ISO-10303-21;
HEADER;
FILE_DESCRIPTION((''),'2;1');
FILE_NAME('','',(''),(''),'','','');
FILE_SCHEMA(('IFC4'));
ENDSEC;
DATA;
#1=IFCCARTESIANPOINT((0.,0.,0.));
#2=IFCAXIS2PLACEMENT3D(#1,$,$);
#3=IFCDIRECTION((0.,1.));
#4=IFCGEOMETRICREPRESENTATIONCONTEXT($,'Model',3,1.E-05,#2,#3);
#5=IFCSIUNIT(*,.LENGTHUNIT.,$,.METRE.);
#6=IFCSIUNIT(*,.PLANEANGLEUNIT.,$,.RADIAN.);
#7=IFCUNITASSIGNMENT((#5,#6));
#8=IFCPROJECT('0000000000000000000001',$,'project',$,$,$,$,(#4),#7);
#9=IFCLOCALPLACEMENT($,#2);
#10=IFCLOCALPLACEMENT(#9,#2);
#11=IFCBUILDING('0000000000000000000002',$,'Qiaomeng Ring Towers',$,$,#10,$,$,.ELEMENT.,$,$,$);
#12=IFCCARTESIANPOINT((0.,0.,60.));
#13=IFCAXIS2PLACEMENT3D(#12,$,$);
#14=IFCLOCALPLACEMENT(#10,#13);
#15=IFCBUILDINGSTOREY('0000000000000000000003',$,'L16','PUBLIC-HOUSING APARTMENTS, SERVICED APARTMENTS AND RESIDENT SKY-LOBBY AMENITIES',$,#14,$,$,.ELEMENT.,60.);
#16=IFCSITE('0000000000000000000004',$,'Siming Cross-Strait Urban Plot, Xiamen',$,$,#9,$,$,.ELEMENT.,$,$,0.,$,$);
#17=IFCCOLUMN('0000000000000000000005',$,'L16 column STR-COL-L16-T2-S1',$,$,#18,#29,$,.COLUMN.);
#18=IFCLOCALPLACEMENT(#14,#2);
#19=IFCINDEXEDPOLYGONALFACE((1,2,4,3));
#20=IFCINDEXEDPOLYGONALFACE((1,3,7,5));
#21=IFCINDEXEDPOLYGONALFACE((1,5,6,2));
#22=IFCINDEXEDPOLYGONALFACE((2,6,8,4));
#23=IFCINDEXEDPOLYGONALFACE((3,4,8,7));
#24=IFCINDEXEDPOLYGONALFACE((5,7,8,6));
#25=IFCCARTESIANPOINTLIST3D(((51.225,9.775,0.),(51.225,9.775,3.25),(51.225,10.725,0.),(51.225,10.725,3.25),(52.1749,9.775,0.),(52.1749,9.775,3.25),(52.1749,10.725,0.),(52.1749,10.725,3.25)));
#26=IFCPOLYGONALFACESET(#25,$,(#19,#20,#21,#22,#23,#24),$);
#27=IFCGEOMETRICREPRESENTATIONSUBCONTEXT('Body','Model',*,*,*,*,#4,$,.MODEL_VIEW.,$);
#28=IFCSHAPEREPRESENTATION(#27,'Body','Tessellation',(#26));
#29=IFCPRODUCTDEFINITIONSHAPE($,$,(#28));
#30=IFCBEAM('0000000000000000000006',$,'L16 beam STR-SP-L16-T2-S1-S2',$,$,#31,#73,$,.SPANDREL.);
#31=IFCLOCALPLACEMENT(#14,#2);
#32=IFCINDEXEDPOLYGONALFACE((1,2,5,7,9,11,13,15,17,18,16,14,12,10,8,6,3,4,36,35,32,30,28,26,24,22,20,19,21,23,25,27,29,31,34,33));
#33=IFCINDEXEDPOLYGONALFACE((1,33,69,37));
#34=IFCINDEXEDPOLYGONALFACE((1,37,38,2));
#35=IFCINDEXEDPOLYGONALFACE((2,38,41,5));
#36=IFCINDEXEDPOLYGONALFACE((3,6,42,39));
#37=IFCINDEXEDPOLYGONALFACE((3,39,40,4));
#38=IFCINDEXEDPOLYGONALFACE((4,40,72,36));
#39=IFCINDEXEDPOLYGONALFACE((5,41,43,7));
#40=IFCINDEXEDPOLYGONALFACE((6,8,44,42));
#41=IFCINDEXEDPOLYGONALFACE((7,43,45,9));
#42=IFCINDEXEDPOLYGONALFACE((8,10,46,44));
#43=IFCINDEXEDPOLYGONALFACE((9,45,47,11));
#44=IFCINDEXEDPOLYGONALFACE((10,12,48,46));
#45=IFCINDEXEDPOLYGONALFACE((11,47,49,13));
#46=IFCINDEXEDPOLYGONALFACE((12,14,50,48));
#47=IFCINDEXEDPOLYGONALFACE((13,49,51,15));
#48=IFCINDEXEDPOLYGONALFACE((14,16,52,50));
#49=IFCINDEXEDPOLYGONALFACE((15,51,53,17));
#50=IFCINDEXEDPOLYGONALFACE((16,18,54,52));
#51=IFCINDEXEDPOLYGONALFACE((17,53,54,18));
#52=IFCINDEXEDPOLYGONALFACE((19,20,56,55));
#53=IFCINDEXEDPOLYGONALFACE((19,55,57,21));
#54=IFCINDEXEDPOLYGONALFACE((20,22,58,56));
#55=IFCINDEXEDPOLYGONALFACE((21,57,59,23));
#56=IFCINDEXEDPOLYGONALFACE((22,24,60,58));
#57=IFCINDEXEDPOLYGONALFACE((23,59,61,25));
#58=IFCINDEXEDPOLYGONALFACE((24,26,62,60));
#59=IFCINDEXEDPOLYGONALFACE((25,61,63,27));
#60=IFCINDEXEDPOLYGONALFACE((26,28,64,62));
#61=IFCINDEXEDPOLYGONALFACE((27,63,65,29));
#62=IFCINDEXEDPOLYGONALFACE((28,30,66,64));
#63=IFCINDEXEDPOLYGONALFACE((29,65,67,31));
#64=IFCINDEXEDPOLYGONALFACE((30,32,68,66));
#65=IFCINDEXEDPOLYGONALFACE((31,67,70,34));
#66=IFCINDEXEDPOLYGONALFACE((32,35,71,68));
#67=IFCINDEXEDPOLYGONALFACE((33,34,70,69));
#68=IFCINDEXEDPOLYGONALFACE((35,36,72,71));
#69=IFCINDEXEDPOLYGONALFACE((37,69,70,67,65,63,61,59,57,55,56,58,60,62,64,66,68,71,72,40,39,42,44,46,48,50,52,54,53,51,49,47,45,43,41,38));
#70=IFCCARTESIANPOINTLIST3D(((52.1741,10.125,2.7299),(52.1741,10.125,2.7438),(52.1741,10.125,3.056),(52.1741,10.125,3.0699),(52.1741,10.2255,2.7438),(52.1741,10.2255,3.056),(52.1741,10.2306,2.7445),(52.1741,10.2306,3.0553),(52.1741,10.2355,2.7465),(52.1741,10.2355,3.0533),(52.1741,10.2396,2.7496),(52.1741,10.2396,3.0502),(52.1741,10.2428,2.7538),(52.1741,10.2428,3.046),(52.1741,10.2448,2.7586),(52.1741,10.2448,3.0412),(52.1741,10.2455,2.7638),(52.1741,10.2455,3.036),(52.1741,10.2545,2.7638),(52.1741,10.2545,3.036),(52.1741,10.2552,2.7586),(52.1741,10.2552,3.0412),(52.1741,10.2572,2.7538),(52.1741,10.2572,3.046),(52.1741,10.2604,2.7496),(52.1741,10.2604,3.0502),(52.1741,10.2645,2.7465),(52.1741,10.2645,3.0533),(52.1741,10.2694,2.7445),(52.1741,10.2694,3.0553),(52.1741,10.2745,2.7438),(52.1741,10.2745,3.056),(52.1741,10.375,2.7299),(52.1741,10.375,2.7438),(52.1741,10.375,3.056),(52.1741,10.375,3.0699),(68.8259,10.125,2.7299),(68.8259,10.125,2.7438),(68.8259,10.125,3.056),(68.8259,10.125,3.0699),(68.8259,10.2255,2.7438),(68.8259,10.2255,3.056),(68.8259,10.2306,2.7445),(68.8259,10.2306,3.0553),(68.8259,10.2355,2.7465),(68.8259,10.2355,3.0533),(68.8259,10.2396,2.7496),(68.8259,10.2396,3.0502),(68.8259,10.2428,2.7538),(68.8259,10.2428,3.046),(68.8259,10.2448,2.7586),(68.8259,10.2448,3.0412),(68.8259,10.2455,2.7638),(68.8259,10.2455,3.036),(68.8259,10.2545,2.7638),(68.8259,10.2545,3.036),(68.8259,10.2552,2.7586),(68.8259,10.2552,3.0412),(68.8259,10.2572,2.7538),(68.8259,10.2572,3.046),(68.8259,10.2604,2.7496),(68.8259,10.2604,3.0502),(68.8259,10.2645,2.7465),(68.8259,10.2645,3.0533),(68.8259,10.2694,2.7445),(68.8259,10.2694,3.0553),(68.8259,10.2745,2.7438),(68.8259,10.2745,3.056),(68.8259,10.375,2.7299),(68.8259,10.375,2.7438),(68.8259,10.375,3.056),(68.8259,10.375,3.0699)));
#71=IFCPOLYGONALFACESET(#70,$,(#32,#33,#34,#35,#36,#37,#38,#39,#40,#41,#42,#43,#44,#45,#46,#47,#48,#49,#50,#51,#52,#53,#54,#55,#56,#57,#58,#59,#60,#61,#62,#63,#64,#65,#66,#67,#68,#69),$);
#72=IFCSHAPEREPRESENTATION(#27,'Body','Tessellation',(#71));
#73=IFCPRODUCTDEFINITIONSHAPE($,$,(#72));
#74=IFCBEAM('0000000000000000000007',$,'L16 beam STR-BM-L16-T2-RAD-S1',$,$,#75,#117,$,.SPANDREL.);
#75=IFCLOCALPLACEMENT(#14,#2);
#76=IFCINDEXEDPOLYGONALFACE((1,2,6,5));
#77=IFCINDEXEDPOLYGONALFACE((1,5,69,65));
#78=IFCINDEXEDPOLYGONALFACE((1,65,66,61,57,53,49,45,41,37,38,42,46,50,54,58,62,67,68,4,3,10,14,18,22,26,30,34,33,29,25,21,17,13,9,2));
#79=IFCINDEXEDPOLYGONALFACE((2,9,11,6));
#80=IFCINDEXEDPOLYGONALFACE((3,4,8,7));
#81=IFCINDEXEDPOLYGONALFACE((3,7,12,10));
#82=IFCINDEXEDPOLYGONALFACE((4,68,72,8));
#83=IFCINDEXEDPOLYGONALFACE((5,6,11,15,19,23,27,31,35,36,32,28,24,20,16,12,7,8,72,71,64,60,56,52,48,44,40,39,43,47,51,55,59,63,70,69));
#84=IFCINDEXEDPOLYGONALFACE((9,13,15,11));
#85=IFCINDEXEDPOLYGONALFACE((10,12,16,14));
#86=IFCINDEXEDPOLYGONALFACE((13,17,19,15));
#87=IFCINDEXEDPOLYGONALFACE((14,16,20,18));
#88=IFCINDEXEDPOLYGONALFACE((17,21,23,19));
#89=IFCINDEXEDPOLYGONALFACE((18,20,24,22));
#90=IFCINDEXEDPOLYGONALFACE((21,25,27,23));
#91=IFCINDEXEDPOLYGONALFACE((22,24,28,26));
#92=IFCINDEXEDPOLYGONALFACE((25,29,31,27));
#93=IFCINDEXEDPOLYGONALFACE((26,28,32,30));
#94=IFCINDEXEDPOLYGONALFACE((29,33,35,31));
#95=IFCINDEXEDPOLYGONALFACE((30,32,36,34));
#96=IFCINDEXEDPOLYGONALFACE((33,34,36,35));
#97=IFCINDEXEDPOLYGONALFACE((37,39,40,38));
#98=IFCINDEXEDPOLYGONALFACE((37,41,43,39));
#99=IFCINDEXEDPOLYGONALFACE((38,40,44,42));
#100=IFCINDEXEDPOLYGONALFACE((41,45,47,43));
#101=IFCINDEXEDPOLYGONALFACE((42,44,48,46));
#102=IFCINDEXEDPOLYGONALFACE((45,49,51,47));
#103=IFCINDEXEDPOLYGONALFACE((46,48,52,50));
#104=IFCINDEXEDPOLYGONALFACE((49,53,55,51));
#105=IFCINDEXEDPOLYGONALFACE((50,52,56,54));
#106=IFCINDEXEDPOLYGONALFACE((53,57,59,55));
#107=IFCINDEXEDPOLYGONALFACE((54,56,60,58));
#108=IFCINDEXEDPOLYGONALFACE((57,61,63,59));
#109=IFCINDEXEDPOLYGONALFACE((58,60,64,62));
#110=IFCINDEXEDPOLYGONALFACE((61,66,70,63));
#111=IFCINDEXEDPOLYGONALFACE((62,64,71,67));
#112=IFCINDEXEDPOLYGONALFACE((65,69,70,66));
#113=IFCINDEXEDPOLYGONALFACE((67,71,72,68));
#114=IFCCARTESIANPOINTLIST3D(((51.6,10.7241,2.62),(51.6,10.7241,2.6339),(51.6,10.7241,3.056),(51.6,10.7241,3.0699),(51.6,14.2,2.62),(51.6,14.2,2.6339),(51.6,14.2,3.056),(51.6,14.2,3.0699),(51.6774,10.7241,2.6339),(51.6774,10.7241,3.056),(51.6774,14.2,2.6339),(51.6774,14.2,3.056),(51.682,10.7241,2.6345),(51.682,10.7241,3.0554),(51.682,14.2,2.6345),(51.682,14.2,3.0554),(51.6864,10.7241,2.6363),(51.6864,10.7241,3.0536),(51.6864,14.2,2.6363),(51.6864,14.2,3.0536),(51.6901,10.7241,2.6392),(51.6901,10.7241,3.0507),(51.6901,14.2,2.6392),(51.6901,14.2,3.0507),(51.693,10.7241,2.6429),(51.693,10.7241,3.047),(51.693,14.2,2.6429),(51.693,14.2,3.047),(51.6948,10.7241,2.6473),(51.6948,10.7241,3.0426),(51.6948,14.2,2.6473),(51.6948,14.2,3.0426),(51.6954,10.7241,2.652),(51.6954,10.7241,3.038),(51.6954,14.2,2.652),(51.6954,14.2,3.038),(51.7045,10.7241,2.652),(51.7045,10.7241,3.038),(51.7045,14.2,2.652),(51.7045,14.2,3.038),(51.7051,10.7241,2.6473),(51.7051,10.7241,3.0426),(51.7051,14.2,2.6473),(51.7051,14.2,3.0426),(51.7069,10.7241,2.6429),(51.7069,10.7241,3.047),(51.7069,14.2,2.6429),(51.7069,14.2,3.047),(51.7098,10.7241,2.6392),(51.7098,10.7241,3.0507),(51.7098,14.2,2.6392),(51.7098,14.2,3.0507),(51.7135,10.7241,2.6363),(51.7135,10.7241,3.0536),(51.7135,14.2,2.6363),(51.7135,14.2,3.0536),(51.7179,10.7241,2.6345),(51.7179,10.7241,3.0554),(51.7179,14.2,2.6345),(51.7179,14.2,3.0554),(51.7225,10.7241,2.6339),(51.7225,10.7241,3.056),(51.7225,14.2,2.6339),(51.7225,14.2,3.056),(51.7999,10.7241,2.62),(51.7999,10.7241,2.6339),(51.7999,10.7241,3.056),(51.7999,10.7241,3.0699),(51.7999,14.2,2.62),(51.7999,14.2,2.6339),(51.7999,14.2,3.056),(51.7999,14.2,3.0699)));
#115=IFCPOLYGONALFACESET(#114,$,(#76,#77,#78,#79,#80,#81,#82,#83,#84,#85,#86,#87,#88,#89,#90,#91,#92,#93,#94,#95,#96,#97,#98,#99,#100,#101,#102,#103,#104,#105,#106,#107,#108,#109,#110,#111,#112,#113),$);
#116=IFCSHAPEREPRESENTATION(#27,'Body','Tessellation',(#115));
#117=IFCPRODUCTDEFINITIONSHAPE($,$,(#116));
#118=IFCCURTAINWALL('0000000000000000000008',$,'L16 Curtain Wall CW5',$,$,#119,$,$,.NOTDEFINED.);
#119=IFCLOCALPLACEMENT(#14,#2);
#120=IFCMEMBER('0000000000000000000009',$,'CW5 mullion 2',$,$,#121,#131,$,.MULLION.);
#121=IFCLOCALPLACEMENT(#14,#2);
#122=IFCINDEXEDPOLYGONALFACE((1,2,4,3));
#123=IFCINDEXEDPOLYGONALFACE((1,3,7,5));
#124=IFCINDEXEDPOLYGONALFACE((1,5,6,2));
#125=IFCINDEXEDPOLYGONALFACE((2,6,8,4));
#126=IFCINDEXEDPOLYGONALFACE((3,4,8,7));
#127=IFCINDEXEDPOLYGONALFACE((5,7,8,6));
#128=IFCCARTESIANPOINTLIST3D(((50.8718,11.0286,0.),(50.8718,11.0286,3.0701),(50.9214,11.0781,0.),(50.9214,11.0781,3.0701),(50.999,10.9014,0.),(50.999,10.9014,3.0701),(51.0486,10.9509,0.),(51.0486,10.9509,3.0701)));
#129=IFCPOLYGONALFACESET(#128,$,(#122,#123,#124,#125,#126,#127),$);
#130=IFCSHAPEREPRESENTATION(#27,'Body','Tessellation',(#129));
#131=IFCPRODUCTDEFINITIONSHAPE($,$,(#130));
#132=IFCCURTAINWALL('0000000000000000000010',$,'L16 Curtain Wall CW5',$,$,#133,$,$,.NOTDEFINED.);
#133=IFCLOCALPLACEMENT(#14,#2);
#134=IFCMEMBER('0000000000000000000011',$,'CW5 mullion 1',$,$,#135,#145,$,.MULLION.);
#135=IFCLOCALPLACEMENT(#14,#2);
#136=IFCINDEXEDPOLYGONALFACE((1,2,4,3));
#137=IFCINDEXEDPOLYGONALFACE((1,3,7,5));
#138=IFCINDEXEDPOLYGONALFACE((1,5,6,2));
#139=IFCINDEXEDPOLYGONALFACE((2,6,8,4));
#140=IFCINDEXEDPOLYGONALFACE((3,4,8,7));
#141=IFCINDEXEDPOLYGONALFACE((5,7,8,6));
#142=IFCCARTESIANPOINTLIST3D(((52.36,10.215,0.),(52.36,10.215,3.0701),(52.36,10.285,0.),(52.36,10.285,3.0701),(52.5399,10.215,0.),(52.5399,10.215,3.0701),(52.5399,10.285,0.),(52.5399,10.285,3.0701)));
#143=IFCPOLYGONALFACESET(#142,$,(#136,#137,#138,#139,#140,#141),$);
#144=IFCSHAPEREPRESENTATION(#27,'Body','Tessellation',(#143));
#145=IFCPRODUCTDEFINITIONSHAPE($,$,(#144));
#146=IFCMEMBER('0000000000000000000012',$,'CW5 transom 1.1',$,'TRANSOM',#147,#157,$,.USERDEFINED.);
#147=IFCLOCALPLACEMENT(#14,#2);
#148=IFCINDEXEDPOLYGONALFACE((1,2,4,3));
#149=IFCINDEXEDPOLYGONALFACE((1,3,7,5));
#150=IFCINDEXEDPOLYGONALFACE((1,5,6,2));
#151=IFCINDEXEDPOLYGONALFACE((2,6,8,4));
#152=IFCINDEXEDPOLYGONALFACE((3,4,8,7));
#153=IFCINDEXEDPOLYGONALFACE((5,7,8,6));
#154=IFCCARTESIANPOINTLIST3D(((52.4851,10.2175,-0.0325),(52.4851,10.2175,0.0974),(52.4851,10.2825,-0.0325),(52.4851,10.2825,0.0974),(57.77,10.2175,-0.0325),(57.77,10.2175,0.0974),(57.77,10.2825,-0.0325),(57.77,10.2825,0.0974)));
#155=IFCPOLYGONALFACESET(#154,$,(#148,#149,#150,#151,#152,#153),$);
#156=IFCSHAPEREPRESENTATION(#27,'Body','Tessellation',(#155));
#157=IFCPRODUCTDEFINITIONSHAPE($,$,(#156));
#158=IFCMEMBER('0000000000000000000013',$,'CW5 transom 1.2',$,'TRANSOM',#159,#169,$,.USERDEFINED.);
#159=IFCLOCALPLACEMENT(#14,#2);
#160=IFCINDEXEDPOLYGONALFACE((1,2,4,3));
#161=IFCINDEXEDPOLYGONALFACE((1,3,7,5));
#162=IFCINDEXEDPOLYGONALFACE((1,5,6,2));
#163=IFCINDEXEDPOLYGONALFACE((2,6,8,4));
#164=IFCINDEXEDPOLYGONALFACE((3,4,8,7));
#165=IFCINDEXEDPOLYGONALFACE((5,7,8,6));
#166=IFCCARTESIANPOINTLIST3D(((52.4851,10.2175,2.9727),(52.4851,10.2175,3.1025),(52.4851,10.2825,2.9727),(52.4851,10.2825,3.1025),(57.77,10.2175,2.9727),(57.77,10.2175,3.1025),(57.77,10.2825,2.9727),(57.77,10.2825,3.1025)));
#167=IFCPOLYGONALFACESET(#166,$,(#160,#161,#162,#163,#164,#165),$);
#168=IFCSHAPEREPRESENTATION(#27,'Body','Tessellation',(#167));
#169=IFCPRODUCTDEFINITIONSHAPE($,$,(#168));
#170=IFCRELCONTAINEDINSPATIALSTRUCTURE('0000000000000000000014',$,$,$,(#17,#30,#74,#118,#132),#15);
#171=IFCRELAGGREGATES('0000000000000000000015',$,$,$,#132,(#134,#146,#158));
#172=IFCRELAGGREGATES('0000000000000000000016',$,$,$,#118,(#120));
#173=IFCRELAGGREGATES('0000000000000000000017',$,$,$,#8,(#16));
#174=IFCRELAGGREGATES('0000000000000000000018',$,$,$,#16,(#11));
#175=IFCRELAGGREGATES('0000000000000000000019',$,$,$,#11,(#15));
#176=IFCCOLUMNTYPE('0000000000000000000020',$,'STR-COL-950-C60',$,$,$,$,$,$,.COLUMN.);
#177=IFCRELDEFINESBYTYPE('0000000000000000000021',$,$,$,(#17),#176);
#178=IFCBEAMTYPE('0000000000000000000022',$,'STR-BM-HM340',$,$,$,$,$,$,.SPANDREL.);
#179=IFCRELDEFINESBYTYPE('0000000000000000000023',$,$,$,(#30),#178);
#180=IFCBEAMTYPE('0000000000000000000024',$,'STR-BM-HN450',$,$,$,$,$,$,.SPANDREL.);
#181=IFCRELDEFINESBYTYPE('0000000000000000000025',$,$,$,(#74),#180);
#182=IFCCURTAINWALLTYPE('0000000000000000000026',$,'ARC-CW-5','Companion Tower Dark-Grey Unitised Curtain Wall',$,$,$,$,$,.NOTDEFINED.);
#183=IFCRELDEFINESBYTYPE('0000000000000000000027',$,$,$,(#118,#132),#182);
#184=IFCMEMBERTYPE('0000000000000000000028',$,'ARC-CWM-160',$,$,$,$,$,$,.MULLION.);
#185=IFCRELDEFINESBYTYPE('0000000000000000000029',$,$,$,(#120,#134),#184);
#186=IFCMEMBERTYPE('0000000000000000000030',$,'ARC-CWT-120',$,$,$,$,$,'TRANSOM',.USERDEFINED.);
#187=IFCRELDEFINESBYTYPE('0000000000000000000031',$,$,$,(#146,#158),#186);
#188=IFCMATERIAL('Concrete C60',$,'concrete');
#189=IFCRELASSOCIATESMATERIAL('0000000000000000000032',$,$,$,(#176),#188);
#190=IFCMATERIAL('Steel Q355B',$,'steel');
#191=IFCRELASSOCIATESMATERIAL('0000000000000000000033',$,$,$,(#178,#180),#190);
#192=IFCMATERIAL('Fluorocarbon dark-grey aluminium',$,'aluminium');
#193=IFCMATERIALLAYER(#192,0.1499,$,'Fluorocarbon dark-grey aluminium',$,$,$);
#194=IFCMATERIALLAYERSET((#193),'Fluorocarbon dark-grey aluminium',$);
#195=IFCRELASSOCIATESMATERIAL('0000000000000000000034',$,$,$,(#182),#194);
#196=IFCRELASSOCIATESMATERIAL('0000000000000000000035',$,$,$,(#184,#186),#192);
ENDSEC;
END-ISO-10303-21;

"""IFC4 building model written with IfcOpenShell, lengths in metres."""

from ifc_helpers import new_model, si_unit, direction, frame, origin, origin_2d, place, context, subcontext, project, spatial, rectangle, i_section, extrude, source, transform, mapped, material, layer, layer_set, material_profile, profile_set, type_object, element, aggregate, save


model = new_model("IFC4")

# Units and contexts
model_context = context("Model", 3, precision=1e-05, world=origin(), true_north=direction((0.0, 1.0)))
body_context = subcontext(model_context, "Body", "Model", "MODEL_VIEW")
ifc_project = project(units=[si_unit("LENGTHUNIT", "METRE"), si_unit("PLANEANGLEUNIT", "RADIAN")], contexts=[model_context])

# Site, building, storey
site_placement = place(None, origin())
site = spatial("IfcSite", under=ifc_project, at=site_placement, Name="Siming Cross-Strait Urban Plot, Xiamen", CompositionType="ELEMENT", RefElevation=0.0)
building_placement = place(site_placement, origin())
building = spatial("IfcBuilding", under=site, at=building_placement, Name="Qiaomeng Ring Towers", CompositionType="ELEMENT")
storey_placement = place(building_placement, frame((0.0, 0.0, 60.0)))
storey = spatial("IfcBuildingStorey", under=building, at=storey_placement, Name="L16", Description="PUBLIC-HOUSING APARTMENTS, SERVICED APARTMENTS AND RESIDENT SKY-LOBBY AMENITIES", CompositionType="ELEMENT", Elevation=60.0)

# Column
ifc_material_1 = material(Name="Concrete C60", Category="concrete")
ifc_material_profile_1 = material_profile(ifc_material_1, rectangle(XDim=0.95, YDim=0.95, at=origin_2d()), Name="RC COL 950x950")
ifc_profile_set_1 = profile_set([ifc_material_profile_1], Name="Concrete C60")
column_type = type_object("IfcColumnType", Name="STR-COL-950-C60", PredefinedType="COLUMN", material=ifc_profile_set_1)
shared_shape_1 = source(origin(), body_context, "Body", "SweptSolid", [
    extrude(rectangle(XDim=0.95, YDim=0.95, at=origin_2d()), origin(), (0.0, 0.0, 1.0), 3.25),
])
column_placement = place(storey_placement, frame((51.7, 10.25, 0.0), z_axis=(0.0, 0.0, 1.0), x_axis=(1.0, 0.0, 0.0)))
element("IfcColumn", 1, at=column_placement, inside=storey, type_object=column_type, Name="L16 column STR-COL-L16-T2-S1", PredefinedType="COLUMN", context=body_context, shape_type="MappedRepresentation", body=[
    mapped(shared_shape_1, transform((0.0, 0.0, 0.0), x_axis=(1.0, 0.0, 0.0), y_axis=(0.0, 1.0, 0.0), z_axis=(0.0, 0.0, 1.0), scale=1.0)),
])

# Beams
ifc_material_2 = material(Name="Steel Q355B", Category="steel")
ifc_material_profile_2 = material_profile(ifc_material_2, i_section(OverallWidth=0.25, OverallDepth=0.3401, WebThickness=0.009, FlangeThickness=0.0139, FilletRadius=0.02, at=origin_2d()), Name="HM 340x250x9x14")
ifc_profile_set_2 = profile_set([ifc_material_profile_2], Name="Steel Q355B")
beam_type_1 = type_object("IfcBeamType", Name="STR-BM-HM340", PredefinedType="SPANDREL", material=ifc_profile_set_2)
shared_shape_2 = source(origin(), body_context, "Body", "SweptSolid", [
    extrude(i_section(OverallWidth=0.25, OverallDepth=0.3401, WebThickness=0.009, FlangeThickness=0.0139, FilletRadius=0.02, at=origin_2d()), origin(), (0.0, 0.0, 1.0), 16.6519),
])
beam_1_placement = place(storey_placement, frame((52.1741, 10.25, 2.8999), z_axis=(1.0, 0.0, 0.0), x_axis=(0.0, 1.0, 0.0)))
element("IfcBeam", 2, at=beam_1_placement, inside=storey, type_object=beam_type_1, Name="L16 beam STR-SP-L16-T2-S1-S2", PredefinedType="SPANDREL", context=body_context, shape_type="MappedRepresentation", body=[
    mapped(shared_shape_2, transform((0.0, 0.0, 0.0), x_axis=(1.0, 0.0, 0.0), y_axis=(0.0, 1.0, 0.0), z_axis=(0.0, 0.0, 1.0), scale=1.0)),
])
ifc_material_profile_3 = material_profile(ifc_material_2, i_section(OverallWidth=0.2, OverallDepth=0.45, WebThickness=0.009, FlangeThickness=0.0139, FilletRadius=0.0181, at=origin_2d()), Name="HN 450x200x9x14")
ifc_profile_set_3 = profile_set([ifc_material_profile_3], Name="Steel Q355B")
beam_type_2 = type_object("IfcBeamType", Name="STR-BM-HN450", PredefinedType="SPANDREL", material=ifc_profile_set_3)
shared_shape_3 = source(origin(), body_context, "Body", "SweptSolid", [
    extrude(i_section(OverallWidth=0.2, OverallDepth=0.45, WebThickness=0.009, FlangeThickness=0.0139, FilletRadius=0.0181, at=origin_2d()), origin(), (0.0, 0.0, 1.0), 3.4758),
])
beam_2_placement = place(storey_placement, frame((51.7, 10.7241, 2.845), z_axis=(0.0, 1.0, 0.0), x_axis=(-1.0, 0.0, 0.0)))
element("IfcBeam", 3, at=beam_2_placement, inside=storey, type_object=beam_type_2, Name="L16 beam STR-BM-L16-T2-RAD-S1", PredefinedType="SPANDREL", context=body_context, shape_type="MappedRepresentation", body=[
    mapped(shared_shape_3, transform((0.0, 0.0, 0.0), x_axis=(1.0, 0.0, 0.0), y_axis=(0.0, 1.0, 0.0), z_axis=(0.0, 0.0, 1.0), scale=1.0)),
])

# Curtain wall, member
ifc_material_3 = material(Name="Fluorocarbon dark-grey aluminium", Category="aluminium")
ifc_layer_1 = layer(ifc_material_3, 0.1499, Name="Fluorocarbon dark-grey aluminium")
ifc_layer_set_1 = layer_set([ifc_layer_1], Name="Fluorocarbon dark-grey aluminium")
curtain_wall_type = type_object("IfcCurtainWallType", Name="ARC-CW-5", Description="Companion Tower Dark-Grey Unitised Curtain Wall", PredefinedType="NOTDEFINED", material=ifc_layer_set_1)
curtain_wall_1_placement = place(storey_placement, origin())
curtain_wall_1 = element("IfcCurtainWall", 4, at=curtain_wall_1_placement, inside=storey, type_object=curtain_wall_type, Name="L16 Curtain Wall CW5", PredefinedType="NOTDEFINED")
ifc_material_profile_4 = material_profile(ifc_material_3, rectangle(XDim=0.0701, YDim=0.1799, at=origin_2d()), Name="ALU MULL 70x180")
ifc_profile_set_4 = profile_set([ifc_material_profile_4], Name="Fluorocarbon dark-grey aluminium")
member_type_1 = type_object("IfcMemberType", Name="ARC-CWM-160", PredefinedType="MULLION", material=ifc_profile_set_4)
shared_shape_4 = source(origin(), body_context, "Body", "SweptSolid", [
    extrude(rectangle(XDim=0.0701, YDim=0.1799, at=origin_2d()), origin(), (0.0, 0.0, 1.0), 3.0701),
])
member_1_placement = place(storey_placement, frame((50.9602, 10.9897, 0.0), z_axis=(0.0, 0.0, 1.0), x_axis=(0.707107, 0.707107, 0.0)))
member_1 = element("IfcMember", 5, at=member_1_placement, type_object=member_type_1, Name="CW5 mullion 2", PredefinedType="MULLION", context=body_context, shape_type="MappedRepresentation", body=[
    mapped(shared_shape_4, transform((0.0, 0.0, 0.0), x_axis=(1.0, 0.0, 0.0), y_axis=(0.0, 1.0, 0.0), z_axis=(0.0, 0.0, 1.0), scale=1.0)),
])

# Curtain wall, members
curtain_wall_2_placement = place(storey_placement, origin())
curtain_wall_2 = element("IfcCurtainWall", 6, at=curtain_wall_2_placement, inside=storey, type_object=curtain_wall_type, Name="L16 Curtain Wall CW5", PredefinedType="NOTDEFINED")
member_2_placement = place(storey_placement, frame((52.45, 10.25, 0.0), z_axis=(0.0, 0.0, 1.0), x_axis=(0.0, 1.0, 0.0)))
member_2 = element("IfcMember", 7, at=member_2_placement, type_object=member_type_1, Name="CW5 mullion 1", PredefinedType="MULLION", context=body_context, shape_type="MappedRepresentation", body=[
    mapped(shared_shape_4, transform((0.0, 0.0, 0.0), x_axis=(1.0, 0.0, 0.0), y_axis=(0.0, 1.0, 0.0), z_axis=(0.0, 0.0, 1.0), scale=1.0)),
])
ifc_material_profile_5 = material_profile(ifc_material_3, rectangle(XDim=0.0649, YDim=0.1299, at=origin_2d()), Name="ALU TRAN 65x130")
ifc_profile_set_5 = profile_set([ifc_material_profile_5], Name="Fluorocarbon dark-grey aluminium")
member_type_2 = type_object("IfcMemberType", Name="ARC-CWT-120", ElementType="TRANSOM", PredefinedType="USERDEFINED", material=ifc_profile_set_5)
shared_shape_5 = source(origin(), body_context, "Body", "SweptSolid", [
    extrude(rectangle(XDim=0.0649, YDim=0.1299, at=origin_2d()), origin(), (0.0, 0.0, 1.0), 5.2849),
])
member_3_placement = place(storey_placement, frame((52.4851, 10.25, 0.0325), z_axis=(1.0, 0.0, 0.0), x_axis=(0.0, 1.0, 0.0)))
member_3 = element("IfcMember", 8, at=member_3_placement, type_object=member_type_2, Name="CW5 transom 1.1", ObjectType="TRANSOM", PredefinedType="USERDEFINED", context=body_context, shape_type="MappedRepresentation", body=[
    mapped(shared_shape_5, transform((0.0, 0.0, 0.0), x_axis=(1.0, 0.0, 0.0), y_axis=(0.0, 1.0, 0.0), z_axis=(0.0, 0.0, 1.0), scale=1.0)),
])
member_4_placement = place(storey_placement, frame((52.4851, 10.25, 3.0376), z_axis=(1.0, 0.0, 0.0), x_axis=(0.0, 1.0, 0.0)))
member_4 = element("IfcMember", 9, at=member_4_placement, type_object=member_type_2, Name="CW5 transom 1.2", ObjectType="TRANSOM", PredefinedType="USERDEFINED", context=body_context, shape_type="MappedRepresentation", body=[
    mapped(shared_shape_5, transform((0.0, 0.0, 0.0), x_axis=(1.0, 0.0, 0.0), y_axis=(0.0, 1.0, 0.0), z_axis=(0.0, 0.0, 1.0), scale=1.0)),
])
aggregate(curtain_wall_2, [member_2, member_3, member_4])

aggregate(curtain_wall_1, [member_1])

save(model, "model.ifc")
